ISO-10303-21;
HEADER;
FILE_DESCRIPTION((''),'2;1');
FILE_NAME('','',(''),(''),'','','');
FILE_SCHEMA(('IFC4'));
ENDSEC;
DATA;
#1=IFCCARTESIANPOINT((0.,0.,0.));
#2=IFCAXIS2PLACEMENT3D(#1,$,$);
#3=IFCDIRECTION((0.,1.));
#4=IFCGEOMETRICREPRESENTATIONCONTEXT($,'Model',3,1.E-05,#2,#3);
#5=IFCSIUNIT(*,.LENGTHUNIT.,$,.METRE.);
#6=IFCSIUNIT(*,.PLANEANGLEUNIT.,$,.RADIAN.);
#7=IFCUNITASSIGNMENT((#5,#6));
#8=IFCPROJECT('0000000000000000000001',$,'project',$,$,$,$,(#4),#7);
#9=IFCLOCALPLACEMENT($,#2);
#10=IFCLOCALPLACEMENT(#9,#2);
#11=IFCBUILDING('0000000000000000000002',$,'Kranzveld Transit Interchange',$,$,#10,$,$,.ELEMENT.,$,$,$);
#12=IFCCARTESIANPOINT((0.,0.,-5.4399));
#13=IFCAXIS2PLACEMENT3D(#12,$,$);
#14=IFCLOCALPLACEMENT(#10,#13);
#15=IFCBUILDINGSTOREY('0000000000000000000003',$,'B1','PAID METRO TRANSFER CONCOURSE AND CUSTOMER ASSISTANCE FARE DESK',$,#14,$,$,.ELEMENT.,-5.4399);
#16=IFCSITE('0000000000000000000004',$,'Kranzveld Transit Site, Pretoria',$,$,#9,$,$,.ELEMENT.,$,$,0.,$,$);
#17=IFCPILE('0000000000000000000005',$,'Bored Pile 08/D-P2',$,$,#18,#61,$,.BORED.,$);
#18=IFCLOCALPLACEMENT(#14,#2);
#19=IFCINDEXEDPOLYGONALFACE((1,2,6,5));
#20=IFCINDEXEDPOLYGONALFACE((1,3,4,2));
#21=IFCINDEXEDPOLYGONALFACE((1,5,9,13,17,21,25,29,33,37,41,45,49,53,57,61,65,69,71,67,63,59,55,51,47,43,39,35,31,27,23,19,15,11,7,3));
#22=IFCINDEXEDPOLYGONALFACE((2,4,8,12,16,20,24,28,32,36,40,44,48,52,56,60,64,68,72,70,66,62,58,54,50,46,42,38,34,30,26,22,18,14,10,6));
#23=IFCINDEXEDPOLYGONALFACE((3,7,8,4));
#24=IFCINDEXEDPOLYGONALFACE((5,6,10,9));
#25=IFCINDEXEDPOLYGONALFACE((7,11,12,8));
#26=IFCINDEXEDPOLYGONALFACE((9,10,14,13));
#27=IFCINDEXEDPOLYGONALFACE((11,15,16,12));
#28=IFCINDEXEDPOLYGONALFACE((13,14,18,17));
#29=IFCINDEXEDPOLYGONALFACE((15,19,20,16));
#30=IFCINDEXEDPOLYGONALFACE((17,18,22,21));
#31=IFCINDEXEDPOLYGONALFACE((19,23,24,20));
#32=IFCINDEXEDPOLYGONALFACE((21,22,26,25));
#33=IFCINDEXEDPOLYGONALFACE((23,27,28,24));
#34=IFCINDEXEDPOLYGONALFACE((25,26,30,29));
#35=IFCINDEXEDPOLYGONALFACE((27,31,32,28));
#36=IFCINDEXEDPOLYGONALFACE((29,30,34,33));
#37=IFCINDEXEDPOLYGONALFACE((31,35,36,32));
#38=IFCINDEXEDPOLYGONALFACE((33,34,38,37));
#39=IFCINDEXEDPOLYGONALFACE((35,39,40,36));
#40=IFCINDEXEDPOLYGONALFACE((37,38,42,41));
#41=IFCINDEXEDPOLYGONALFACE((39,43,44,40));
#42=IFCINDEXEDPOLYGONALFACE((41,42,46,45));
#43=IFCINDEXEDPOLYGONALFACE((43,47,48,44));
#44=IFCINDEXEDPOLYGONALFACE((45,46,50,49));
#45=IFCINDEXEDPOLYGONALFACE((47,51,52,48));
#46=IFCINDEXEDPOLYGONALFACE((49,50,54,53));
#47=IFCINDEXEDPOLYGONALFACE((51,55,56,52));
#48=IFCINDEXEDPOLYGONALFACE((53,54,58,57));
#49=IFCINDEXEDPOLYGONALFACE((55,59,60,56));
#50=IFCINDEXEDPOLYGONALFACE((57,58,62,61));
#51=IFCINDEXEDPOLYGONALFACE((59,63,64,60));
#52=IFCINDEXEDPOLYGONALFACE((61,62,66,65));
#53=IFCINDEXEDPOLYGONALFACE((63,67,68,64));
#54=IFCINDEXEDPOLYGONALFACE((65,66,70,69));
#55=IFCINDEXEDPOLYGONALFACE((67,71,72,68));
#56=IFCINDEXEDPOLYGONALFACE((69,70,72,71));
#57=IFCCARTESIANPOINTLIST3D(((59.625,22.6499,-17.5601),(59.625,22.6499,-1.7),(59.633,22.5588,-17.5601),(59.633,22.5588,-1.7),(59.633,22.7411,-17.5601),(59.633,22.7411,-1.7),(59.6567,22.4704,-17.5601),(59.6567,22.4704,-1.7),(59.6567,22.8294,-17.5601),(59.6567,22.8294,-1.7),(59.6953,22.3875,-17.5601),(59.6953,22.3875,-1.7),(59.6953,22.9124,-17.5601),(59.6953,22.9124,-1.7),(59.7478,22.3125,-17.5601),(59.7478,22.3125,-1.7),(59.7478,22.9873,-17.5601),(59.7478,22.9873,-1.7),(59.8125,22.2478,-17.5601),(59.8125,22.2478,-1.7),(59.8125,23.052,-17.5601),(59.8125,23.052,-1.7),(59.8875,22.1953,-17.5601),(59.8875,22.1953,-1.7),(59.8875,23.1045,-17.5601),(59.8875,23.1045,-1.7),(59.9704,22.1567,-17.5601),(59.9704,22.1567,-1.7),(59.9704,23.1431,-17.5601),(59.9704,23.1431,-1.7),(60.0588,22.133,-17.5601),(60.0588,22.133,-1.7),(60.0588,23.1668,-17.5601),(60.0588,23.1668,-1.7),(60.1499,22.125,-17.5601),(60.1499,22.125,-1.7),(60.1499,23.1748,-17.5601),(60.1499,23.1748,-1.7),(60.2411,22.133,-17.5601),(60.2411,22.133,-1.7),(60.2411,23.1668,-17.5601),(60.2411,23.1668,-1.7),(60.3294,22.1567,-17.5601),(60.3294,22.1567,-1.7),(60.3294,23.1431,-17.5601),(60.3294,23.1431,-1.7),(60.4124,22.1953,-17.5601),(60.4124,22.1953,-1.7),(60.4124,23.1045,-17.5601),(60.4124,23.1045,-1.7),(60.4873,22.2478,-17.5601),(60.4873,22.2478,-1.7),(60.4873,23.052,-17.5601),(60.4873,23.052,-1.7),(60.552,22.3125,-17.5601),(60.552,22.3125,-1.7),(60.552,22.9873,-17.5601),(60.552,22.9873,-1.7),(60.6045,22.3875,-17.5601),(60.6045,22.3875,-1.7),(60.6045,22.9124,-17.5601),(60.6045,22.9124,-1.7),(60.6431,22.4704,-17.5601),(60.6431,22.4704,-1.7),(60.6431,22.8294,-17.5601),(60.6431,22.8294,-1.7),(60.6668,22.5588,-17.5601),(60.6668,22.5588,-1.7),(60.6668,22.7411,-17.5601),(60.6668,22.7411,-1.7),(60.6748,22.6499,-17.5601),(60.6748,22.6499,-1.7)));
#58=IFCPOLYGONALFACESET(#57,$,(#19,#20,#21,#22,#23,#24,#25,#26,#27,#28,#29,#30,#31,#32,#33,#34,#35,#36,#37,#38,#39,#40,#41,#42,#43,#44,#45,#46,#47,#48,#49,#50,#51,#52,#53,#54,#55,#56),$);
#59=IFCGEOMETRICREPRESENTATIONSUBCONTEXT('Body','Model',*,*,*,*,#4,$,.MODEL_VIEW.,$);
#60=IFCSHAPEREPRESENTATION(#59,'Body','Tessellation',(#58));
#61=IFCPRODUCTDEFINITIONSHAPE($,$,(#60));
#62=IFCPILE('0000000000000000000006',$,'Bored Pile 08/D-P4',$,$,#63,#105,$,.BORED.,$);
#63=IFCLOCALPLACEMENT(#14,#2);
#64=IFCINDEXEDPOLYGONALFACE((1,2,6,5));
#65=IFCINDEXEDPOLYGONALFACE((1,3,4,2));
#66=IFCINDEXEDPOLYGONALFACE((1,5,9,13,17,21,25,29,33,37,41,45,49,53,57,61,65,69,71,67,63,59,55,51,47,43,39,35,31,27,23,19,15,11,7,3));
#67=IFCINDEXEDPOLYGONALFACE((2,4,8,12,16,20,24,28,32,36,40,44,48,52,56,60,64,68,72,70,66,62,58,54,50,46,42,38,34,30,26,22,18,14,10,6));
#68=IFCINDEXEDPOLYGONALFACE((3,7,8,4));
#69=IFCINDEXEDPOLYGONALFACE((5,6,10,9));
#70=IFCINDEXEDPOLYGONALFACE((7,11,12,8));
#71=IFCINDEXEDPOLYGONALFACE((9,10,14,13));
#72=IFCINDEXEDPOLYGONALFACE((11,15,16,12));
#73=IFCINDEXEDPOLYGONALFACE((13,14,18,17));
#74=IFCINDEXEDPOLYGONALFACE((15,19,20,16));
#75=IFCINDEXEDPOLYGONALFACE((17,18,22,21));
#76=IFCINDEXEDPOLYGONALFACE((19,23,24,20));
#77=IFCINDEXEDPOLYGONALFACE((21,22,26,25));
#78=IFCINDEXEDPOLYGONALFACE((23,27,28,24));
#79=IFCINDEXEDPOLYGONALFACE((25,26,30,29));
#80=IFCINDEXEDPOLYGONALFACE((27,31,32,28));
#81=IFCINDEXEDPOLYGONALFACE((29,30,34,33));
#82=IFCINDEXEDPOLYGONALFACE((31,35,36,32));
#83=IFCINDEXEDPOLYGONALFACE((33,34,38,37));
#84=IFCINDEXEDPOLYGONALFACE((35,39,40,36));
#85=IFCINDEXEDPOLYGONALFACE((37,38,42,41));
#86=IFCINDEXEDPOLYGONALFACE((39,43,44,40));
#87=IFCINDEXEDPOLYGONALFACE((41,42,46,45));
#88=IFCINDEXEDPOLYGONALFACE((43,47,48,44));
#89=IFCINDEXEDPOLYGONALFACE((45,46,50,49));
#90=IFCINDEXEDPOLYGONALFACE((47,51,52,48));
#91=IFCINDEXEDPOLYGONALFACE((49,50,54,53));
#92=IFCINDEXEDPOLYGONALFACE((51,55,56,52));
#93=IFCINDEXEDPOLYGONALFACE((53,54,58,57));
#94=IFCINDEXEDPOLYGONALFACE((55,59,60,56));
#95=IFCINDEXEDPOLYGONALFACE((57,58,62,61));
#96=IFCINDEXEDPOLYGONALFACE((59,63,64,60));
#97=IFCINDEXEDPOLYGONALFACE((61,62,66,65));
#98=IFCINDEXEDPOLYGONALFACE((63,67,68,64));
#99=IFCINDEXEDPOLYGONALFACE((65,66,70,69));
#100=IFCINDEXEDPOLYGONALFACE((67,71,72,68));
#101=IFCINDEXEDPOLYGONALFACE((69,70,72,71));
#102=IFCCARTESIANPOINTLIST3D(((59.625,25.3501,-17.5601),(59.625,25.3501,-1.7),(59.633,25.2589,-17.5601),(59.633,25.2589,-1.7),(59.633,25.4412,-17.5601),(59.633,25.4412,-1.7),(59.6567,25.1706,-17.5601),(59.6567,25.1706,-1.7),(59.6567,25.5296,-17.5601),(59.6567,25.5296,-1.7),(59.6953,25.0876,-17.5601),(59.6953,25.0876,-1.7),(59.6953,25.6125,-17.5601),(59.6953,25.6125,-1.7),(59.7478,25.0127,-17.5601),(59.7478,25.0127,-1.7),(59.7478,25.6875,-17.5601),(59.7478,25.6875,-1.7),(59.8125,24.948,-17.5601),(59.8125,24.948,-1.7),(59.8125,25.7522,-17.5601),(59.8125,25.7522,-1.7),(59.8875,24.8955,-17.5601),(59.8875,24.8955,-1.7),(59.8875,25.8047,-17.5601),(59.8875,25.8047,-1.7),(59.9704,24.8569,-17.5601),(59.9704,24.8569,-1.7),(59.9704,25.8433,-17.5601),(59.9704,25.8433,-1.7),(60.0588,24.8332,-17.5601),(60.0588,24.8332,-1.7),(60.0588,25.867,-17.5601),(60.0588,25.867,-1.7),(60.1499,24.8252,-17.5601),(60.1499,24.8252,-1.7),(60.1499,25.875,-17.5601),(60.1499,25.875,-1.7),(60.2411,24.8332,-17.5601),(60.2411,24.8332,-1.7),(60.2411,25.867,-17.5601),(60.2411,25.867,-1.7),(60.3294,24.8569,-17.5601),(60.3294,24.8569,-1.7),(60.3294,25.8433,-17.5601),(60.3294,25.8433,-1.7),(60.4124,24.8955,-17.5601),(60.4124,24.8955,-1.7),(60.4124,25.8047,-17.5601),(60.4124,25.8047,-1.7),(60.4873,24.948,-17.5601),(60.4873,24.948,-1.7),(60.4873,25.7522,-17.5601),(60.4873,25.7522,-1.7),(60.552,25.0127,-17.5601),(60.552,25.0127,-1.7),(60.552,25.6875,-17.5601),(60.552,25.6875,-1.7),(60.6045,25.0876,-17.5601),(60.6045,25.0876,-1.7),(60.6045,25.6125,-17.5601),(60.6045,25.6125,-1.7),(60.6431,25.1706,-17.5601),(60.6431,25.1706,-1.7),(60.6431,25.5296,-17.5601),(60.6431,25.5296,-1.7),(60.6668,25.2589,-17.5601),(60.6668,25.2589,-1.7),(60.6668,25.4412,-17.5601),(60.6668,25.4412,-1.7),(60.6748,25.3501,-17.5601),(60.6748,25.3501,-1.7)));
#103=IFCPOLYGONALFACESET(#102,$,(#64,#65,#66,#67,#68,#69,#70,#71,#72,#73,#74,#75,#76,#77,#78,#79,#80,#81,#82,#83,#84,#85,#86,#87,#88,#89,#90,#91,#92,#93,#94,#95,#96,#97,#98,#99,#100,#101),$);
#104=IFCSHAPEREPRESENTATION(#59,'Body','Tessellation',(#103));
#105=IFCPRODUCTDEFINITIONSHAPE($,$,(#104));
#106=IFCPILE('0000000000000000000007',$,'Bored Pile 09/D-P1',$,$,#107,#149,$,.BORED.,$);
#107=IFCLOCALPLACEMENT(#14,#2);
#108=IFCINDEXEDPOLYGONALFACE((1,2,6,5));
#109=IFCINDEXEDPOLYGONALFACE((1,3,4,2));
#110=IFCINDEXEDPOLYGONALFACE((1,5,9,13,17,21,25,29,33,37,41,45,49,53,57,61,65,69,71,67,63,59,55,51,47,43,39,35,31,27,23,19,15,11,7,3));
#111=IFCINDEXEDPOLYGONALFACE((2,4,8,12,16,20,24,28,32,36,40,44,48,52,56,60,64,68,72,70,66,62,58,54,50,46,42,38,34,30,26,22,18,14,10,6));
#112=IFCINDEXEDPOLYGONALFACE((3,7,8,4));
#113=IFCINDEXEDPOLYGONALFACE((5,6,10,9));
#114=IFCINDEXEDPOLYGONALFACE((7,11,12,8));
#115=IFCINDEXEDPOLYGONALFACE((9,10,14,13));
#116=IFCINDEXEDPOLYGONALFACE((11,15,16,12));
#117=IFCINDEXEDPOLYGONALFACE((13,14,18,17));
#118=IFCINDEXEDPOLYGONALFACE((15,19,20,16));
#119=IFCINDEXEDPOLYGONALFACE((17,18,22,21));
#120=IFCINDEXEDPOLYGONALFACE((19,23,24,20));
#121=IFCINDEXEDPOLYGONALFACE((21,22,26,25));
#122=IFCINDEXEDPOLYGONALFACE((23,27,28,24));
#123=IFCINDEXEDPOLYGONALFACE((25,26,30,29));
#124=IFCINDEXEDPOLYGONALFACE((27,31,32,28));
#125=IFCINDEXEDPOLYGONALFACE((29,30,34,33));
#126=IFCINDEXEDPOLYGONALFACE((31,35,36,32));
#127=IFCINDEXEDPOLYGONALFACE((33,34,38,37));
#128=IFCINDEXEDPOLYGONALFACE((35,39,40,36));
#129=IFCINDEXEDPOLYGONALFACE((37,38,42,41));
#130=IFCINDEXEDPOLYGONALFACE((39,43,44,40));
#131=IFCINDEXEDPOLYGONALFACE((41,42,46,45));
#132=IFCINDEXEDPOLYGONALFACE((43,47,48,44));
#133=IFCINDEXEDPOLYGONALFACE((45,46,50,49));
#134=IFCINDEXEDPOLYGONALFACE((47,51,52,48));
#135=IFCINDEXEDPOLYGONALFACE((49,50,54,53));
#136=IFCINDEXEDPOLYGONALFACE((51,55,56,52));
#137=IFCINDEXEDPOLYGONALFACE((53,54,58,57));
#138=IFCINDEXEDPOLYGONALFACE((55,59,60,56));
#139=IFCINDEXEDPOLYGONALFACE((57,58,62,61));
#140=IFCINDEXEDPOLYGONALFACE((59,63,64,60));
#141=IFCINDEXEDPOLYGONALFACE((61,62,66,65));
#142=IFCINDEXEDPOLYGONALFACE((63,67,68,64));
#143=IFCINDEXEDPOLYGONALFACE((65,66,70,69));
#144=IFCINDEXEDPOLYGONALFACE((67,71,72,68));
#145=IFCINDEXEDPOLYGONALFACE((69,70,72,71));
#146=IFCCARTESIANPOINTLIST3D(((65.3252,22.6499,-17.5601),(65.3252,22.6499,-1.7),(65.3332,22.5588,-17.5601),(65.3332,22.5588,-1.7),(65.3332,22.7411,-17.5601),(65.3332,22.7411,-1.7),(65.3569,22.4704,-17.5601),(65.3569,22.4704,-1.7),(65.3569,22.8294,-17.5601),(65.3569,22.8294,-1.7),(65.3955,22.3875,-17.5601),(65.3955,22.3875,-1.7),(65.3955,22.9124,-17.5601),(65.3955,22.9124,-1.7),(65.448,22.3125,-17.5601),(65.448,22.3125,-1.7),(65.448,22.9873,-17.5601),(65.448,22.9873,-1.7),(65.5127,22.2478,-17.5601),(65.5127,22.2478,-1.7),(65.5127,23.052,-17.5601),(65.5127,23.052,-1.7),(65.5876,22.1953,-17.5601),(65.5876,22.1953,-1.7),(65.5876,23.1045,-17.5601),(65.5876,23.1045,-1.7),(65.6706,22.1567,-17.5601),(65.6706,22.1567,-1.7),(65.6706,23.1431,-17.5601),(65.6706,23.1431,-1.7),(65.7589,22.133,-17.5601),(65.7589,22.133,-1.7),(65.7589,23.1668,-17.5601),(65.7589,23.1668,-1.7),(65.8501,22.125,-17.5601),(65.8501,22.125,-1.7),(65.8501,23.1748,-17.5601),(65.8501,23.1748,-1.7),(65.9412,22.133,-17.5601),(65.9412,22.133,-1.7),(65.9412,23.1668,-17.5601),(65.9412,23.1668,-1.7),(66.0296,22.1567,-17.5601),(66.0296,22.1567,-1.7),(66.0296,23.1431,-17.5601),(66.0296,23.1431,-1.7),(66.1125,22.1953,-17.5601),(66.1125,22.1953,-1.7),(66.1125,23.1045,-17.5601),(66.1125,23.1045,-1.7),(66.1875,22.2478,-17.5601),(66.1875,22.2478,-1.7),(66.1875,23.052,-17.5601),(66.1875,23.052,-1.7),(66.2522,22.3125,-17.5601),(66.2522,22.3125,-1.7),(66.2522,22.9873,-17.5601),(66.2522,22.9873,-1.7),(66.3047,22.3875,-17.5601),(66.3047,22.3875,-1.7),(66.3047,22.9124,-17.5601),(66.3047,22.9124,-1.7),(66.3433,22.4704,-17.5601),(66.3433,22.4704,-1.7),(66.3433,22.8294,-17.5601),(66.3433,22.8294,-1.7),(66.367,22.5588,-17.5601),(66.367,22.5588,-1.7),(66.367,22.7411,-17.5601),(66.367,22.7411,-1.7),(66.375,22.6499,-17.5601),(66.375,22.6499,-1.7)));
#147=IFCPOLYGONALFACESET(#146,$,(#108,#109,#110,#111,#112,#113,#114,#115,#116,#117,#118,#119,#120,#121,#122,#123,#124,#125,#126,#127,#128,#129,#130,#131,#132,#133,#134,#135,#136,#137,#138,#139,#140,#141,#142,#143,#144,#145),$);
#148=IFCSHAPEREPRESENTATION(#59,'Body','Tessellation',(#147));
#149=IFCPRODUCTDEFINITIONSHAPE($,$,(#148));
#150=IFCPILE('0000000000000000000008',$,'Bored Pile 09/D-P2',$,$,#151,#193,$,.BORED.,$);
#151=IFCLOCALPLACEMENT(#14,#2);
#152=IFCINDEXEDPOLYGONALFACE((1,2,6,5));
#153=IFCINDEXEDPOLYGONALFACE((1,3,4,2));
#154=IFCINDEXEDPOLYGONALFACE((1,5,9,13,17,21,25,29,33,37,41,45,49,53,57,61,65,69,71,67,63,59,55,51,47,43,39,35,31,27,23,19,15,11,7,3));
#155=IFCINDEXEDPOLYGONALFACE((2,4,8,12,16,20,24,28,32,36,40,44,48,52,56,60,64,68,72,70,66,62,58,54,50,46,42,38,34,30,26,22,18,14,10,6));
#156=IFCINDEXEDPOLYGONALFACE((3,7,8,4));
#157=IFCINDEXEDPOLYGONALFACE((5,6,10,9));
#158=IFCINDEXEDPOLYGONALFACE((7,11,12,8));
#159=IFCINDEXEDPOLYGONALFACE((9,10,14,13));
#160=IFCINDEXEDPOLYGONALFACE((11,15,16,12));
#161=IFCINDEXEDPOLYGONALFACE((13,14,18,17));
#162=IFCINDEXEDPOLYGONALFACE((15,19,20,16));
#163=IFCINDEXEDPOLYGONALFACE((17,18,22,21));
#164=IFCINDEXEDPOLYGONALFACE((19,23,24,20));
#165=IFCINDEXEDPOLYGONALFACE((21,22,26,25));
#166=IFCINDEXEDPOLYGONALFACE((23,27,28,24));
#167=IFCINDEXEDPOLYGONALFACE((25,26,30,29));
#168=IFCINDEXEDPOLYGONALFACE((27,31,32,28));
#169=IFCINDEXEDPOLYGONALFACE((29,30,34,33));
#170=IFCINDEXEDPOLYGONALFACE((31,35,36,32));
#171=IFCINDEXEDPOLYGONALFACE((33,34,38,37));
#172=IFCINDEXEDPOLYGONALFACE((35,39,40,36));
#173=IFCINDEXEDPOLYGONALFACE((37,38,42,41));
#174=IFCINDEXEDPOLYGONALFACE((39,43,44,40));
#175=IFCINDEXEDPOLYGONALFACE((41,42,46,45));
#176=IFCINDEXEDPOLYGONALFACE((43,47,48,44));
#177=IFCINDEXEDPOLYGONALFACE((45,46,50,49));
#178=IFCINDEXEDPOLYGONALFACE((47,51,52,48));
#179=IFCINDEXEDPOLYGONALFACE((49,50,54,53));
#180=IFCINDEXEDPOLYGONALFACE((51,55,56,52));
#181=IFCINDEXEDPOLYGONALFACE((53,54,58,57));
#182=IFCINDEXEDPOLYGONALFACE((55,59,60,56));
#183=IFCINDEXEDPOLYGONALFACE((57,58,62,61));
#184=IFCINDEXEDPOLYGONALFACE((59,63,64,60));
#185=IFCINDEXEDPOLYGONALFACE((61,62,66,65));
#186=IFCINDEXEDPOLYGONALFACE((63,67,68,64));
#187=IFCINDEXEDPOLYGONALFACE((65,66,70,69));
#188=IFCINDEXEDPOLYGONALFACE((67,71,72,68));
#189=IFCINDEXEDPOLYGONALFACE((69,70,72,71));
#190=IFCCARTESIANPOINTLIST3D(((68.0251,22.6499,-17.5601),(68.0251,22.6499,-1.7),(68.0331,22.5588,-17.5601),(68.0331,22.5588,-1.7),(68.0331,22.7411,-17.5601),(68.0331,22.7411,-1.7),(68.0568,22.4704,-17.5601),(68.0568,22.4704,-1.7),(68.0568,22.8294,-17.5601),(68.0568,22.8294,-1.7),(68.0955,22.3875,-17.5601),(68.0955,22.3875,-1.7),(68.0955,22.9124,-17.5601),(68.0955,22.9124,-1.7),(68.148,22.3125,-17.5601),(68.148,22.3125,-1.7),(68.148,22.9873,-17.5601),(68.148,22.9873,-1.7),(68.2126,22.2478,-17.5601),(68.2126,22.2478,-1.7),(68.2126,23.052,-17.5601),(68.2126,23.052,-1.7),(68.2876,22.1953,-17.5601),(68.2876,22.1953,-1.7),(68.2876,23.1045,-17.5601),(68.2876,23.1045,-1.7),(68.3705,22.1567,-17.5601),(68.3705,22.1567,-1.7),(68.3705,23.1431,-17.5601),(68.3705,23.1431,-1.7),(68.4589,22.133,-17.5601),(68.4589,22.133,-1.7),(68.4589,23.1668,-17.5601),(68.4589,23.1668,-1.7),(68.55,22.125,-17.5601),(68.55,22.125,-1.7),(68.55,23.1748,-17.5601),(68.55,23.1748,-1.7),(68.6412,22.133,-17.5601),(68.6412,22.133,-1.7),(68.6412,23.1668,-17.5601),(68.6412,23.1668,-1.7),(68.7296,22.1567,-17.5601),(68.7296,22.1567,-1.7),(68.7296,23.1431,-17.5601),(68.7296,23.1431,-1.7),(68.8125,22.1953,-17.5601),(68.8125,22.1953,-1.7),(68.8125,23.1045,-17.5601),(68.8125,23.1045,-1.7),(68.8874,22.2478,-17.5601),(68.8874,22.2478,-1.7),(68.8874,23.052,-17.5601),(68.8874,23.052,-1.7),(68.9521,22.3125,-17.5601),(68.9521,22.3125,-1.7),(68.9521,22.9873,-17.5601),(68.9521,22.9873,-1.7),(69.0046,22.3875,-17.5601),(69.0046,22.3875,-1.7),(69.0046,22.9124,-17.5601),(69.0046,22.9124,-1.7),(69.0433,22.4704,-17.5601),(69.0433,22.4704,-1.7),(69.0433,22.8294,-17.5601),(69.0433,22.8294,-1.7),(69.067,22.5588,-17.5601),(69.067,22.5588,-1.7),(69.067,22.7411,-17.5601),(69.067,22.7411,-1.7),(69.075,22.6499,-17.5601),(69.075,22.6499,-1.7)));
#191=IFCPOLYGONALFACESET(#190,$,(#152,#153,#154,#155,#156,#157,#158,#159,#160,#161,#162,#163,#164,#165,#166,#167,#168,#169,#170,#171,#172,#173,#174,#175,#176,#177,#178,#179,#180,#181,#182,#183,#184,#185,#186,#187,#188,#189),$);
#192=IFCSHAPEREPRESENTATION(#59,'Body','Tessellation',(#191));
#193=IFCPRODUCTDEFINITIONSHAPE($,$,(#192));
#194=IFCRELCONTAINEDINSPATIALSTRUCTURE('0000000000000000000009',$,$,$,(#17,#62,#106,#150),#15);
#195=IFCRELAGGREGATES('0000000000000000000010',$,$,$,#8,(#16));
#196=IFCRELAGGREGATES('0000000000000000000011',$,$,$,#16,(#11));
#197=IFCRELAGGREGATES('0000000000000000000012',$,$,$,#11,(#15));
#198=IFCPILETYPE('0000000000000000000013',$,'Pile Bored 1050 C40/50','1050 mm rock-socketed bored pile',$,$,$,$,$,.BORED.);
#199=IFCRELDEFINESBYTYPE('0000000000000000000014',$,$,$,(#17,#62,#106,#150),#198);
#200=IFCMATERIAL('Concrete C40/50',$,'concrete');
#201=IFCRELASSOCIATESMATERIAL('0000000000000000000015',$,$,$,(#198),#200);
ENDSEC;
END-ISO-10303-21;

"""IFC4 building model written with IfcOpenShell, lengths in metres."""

from ifc_helpers import new_model, si_unit, direction, frame, origin, origin_2d, place, context, subcontext, project, spatial, circle, extrude, material, material_profile, profile_set, type_object, element, save


model = new_model("IFC4")

# Units and contexts
model_context = context("Model", 3, precision=1e-05, world=origin(), true_north=direction((0.0, 1.0)))
body_context = subcontext(model_context, "Body", "Model", "MODEL_VIEW")
ifc_project = project(units=[si_unit("LENGTHUNIT", "METRE"), si_unit("PLANEANGLEUNIT", "RADIAN")], contexts=[model_context])

# Site, building, storey
site_placement = place(None, origin())
site = spatial("IfcSite", under=ifc_project, at=site_placement, Name="Kranzveld Transit Site, Pretoria", CompositionType="ELEMENT", RefElevation=0.0)
building_placement = place(site_placement, origin())
building = spatial("IfcBuilding", under=site, at=building_placement, Name="Kranzveld Transit Interchange", CompositionType="ELEMENT")
storey_placement = place(building_placement, frame((0.0, 0.0, -5.4399)))
storey = spatial("IfcBuildingStorey", under=building, at=storey_placement, Name="B1", Description="PAID METRO TRANSFER CONCOURSE AND CUSTOMER ASSISTANCE FARE DESK", CompositionType="ELEMENT", Elevation=-5.4399)

# Piles
ifc_material_1 = material(Name="Concrete C40/50", Category="concrete")
ifc_material_profile_1 = material_profile(ifc_material_1, circle(Radius=0.5249, at=origin_2d()), Name="BORED PILE 1050")
ifc_profile_set_1 = profile_set([ifc_material_profile_1], Name="Concrete C40/50")
pile_type = type_object("IfcPileType", Name="Pile Bored 1050 C40/50", Description="1050 mm rock-socketed bored pile", PredefinedType="BORED", material=ifc_profile_set_1)
for number, where, z_axis, x_axis, name in (
    (1, (60.1499, 22.6499, -1.7), (0.0, 0.0, -1.0), (1.0, 0.0, 0.0), "Bored Pile 08/D-P2"),
    (2, (60.1499, 25.3501, -1.7), (0.0, 0.0, -1.0), (1.0, 0.0, 0.0), "Bored Pile 08/D-P4"),
    (3, (65.8501, 22.6499, -1.7), (0.0, 0.0, -1.0), (1.0, 0.0, 0.0), "Bored Pile 09/D-P1"),
    (4, (68.55, 22.6499, -1.7), (0.0, 0.0, -1.0), (1.0, 0.0, 0.0), "Bored Pile 09/D-P2"),
):
    element("IfcPile", number, at=place(storey_placement, frame(where, z_axis=z_axis, x_axis=x_axis)), inside=storey, type_object=pile_type, Name=name, PredefinedType="BORED", context=body_context, shape_type="SweptSolid", body=[
        extrude(circle(Radius=0.5249, at=origin_2d()), origin(), (0.0, 0.0, 1.0), 15.8601),
    ])

save(model, "model.ifc")
